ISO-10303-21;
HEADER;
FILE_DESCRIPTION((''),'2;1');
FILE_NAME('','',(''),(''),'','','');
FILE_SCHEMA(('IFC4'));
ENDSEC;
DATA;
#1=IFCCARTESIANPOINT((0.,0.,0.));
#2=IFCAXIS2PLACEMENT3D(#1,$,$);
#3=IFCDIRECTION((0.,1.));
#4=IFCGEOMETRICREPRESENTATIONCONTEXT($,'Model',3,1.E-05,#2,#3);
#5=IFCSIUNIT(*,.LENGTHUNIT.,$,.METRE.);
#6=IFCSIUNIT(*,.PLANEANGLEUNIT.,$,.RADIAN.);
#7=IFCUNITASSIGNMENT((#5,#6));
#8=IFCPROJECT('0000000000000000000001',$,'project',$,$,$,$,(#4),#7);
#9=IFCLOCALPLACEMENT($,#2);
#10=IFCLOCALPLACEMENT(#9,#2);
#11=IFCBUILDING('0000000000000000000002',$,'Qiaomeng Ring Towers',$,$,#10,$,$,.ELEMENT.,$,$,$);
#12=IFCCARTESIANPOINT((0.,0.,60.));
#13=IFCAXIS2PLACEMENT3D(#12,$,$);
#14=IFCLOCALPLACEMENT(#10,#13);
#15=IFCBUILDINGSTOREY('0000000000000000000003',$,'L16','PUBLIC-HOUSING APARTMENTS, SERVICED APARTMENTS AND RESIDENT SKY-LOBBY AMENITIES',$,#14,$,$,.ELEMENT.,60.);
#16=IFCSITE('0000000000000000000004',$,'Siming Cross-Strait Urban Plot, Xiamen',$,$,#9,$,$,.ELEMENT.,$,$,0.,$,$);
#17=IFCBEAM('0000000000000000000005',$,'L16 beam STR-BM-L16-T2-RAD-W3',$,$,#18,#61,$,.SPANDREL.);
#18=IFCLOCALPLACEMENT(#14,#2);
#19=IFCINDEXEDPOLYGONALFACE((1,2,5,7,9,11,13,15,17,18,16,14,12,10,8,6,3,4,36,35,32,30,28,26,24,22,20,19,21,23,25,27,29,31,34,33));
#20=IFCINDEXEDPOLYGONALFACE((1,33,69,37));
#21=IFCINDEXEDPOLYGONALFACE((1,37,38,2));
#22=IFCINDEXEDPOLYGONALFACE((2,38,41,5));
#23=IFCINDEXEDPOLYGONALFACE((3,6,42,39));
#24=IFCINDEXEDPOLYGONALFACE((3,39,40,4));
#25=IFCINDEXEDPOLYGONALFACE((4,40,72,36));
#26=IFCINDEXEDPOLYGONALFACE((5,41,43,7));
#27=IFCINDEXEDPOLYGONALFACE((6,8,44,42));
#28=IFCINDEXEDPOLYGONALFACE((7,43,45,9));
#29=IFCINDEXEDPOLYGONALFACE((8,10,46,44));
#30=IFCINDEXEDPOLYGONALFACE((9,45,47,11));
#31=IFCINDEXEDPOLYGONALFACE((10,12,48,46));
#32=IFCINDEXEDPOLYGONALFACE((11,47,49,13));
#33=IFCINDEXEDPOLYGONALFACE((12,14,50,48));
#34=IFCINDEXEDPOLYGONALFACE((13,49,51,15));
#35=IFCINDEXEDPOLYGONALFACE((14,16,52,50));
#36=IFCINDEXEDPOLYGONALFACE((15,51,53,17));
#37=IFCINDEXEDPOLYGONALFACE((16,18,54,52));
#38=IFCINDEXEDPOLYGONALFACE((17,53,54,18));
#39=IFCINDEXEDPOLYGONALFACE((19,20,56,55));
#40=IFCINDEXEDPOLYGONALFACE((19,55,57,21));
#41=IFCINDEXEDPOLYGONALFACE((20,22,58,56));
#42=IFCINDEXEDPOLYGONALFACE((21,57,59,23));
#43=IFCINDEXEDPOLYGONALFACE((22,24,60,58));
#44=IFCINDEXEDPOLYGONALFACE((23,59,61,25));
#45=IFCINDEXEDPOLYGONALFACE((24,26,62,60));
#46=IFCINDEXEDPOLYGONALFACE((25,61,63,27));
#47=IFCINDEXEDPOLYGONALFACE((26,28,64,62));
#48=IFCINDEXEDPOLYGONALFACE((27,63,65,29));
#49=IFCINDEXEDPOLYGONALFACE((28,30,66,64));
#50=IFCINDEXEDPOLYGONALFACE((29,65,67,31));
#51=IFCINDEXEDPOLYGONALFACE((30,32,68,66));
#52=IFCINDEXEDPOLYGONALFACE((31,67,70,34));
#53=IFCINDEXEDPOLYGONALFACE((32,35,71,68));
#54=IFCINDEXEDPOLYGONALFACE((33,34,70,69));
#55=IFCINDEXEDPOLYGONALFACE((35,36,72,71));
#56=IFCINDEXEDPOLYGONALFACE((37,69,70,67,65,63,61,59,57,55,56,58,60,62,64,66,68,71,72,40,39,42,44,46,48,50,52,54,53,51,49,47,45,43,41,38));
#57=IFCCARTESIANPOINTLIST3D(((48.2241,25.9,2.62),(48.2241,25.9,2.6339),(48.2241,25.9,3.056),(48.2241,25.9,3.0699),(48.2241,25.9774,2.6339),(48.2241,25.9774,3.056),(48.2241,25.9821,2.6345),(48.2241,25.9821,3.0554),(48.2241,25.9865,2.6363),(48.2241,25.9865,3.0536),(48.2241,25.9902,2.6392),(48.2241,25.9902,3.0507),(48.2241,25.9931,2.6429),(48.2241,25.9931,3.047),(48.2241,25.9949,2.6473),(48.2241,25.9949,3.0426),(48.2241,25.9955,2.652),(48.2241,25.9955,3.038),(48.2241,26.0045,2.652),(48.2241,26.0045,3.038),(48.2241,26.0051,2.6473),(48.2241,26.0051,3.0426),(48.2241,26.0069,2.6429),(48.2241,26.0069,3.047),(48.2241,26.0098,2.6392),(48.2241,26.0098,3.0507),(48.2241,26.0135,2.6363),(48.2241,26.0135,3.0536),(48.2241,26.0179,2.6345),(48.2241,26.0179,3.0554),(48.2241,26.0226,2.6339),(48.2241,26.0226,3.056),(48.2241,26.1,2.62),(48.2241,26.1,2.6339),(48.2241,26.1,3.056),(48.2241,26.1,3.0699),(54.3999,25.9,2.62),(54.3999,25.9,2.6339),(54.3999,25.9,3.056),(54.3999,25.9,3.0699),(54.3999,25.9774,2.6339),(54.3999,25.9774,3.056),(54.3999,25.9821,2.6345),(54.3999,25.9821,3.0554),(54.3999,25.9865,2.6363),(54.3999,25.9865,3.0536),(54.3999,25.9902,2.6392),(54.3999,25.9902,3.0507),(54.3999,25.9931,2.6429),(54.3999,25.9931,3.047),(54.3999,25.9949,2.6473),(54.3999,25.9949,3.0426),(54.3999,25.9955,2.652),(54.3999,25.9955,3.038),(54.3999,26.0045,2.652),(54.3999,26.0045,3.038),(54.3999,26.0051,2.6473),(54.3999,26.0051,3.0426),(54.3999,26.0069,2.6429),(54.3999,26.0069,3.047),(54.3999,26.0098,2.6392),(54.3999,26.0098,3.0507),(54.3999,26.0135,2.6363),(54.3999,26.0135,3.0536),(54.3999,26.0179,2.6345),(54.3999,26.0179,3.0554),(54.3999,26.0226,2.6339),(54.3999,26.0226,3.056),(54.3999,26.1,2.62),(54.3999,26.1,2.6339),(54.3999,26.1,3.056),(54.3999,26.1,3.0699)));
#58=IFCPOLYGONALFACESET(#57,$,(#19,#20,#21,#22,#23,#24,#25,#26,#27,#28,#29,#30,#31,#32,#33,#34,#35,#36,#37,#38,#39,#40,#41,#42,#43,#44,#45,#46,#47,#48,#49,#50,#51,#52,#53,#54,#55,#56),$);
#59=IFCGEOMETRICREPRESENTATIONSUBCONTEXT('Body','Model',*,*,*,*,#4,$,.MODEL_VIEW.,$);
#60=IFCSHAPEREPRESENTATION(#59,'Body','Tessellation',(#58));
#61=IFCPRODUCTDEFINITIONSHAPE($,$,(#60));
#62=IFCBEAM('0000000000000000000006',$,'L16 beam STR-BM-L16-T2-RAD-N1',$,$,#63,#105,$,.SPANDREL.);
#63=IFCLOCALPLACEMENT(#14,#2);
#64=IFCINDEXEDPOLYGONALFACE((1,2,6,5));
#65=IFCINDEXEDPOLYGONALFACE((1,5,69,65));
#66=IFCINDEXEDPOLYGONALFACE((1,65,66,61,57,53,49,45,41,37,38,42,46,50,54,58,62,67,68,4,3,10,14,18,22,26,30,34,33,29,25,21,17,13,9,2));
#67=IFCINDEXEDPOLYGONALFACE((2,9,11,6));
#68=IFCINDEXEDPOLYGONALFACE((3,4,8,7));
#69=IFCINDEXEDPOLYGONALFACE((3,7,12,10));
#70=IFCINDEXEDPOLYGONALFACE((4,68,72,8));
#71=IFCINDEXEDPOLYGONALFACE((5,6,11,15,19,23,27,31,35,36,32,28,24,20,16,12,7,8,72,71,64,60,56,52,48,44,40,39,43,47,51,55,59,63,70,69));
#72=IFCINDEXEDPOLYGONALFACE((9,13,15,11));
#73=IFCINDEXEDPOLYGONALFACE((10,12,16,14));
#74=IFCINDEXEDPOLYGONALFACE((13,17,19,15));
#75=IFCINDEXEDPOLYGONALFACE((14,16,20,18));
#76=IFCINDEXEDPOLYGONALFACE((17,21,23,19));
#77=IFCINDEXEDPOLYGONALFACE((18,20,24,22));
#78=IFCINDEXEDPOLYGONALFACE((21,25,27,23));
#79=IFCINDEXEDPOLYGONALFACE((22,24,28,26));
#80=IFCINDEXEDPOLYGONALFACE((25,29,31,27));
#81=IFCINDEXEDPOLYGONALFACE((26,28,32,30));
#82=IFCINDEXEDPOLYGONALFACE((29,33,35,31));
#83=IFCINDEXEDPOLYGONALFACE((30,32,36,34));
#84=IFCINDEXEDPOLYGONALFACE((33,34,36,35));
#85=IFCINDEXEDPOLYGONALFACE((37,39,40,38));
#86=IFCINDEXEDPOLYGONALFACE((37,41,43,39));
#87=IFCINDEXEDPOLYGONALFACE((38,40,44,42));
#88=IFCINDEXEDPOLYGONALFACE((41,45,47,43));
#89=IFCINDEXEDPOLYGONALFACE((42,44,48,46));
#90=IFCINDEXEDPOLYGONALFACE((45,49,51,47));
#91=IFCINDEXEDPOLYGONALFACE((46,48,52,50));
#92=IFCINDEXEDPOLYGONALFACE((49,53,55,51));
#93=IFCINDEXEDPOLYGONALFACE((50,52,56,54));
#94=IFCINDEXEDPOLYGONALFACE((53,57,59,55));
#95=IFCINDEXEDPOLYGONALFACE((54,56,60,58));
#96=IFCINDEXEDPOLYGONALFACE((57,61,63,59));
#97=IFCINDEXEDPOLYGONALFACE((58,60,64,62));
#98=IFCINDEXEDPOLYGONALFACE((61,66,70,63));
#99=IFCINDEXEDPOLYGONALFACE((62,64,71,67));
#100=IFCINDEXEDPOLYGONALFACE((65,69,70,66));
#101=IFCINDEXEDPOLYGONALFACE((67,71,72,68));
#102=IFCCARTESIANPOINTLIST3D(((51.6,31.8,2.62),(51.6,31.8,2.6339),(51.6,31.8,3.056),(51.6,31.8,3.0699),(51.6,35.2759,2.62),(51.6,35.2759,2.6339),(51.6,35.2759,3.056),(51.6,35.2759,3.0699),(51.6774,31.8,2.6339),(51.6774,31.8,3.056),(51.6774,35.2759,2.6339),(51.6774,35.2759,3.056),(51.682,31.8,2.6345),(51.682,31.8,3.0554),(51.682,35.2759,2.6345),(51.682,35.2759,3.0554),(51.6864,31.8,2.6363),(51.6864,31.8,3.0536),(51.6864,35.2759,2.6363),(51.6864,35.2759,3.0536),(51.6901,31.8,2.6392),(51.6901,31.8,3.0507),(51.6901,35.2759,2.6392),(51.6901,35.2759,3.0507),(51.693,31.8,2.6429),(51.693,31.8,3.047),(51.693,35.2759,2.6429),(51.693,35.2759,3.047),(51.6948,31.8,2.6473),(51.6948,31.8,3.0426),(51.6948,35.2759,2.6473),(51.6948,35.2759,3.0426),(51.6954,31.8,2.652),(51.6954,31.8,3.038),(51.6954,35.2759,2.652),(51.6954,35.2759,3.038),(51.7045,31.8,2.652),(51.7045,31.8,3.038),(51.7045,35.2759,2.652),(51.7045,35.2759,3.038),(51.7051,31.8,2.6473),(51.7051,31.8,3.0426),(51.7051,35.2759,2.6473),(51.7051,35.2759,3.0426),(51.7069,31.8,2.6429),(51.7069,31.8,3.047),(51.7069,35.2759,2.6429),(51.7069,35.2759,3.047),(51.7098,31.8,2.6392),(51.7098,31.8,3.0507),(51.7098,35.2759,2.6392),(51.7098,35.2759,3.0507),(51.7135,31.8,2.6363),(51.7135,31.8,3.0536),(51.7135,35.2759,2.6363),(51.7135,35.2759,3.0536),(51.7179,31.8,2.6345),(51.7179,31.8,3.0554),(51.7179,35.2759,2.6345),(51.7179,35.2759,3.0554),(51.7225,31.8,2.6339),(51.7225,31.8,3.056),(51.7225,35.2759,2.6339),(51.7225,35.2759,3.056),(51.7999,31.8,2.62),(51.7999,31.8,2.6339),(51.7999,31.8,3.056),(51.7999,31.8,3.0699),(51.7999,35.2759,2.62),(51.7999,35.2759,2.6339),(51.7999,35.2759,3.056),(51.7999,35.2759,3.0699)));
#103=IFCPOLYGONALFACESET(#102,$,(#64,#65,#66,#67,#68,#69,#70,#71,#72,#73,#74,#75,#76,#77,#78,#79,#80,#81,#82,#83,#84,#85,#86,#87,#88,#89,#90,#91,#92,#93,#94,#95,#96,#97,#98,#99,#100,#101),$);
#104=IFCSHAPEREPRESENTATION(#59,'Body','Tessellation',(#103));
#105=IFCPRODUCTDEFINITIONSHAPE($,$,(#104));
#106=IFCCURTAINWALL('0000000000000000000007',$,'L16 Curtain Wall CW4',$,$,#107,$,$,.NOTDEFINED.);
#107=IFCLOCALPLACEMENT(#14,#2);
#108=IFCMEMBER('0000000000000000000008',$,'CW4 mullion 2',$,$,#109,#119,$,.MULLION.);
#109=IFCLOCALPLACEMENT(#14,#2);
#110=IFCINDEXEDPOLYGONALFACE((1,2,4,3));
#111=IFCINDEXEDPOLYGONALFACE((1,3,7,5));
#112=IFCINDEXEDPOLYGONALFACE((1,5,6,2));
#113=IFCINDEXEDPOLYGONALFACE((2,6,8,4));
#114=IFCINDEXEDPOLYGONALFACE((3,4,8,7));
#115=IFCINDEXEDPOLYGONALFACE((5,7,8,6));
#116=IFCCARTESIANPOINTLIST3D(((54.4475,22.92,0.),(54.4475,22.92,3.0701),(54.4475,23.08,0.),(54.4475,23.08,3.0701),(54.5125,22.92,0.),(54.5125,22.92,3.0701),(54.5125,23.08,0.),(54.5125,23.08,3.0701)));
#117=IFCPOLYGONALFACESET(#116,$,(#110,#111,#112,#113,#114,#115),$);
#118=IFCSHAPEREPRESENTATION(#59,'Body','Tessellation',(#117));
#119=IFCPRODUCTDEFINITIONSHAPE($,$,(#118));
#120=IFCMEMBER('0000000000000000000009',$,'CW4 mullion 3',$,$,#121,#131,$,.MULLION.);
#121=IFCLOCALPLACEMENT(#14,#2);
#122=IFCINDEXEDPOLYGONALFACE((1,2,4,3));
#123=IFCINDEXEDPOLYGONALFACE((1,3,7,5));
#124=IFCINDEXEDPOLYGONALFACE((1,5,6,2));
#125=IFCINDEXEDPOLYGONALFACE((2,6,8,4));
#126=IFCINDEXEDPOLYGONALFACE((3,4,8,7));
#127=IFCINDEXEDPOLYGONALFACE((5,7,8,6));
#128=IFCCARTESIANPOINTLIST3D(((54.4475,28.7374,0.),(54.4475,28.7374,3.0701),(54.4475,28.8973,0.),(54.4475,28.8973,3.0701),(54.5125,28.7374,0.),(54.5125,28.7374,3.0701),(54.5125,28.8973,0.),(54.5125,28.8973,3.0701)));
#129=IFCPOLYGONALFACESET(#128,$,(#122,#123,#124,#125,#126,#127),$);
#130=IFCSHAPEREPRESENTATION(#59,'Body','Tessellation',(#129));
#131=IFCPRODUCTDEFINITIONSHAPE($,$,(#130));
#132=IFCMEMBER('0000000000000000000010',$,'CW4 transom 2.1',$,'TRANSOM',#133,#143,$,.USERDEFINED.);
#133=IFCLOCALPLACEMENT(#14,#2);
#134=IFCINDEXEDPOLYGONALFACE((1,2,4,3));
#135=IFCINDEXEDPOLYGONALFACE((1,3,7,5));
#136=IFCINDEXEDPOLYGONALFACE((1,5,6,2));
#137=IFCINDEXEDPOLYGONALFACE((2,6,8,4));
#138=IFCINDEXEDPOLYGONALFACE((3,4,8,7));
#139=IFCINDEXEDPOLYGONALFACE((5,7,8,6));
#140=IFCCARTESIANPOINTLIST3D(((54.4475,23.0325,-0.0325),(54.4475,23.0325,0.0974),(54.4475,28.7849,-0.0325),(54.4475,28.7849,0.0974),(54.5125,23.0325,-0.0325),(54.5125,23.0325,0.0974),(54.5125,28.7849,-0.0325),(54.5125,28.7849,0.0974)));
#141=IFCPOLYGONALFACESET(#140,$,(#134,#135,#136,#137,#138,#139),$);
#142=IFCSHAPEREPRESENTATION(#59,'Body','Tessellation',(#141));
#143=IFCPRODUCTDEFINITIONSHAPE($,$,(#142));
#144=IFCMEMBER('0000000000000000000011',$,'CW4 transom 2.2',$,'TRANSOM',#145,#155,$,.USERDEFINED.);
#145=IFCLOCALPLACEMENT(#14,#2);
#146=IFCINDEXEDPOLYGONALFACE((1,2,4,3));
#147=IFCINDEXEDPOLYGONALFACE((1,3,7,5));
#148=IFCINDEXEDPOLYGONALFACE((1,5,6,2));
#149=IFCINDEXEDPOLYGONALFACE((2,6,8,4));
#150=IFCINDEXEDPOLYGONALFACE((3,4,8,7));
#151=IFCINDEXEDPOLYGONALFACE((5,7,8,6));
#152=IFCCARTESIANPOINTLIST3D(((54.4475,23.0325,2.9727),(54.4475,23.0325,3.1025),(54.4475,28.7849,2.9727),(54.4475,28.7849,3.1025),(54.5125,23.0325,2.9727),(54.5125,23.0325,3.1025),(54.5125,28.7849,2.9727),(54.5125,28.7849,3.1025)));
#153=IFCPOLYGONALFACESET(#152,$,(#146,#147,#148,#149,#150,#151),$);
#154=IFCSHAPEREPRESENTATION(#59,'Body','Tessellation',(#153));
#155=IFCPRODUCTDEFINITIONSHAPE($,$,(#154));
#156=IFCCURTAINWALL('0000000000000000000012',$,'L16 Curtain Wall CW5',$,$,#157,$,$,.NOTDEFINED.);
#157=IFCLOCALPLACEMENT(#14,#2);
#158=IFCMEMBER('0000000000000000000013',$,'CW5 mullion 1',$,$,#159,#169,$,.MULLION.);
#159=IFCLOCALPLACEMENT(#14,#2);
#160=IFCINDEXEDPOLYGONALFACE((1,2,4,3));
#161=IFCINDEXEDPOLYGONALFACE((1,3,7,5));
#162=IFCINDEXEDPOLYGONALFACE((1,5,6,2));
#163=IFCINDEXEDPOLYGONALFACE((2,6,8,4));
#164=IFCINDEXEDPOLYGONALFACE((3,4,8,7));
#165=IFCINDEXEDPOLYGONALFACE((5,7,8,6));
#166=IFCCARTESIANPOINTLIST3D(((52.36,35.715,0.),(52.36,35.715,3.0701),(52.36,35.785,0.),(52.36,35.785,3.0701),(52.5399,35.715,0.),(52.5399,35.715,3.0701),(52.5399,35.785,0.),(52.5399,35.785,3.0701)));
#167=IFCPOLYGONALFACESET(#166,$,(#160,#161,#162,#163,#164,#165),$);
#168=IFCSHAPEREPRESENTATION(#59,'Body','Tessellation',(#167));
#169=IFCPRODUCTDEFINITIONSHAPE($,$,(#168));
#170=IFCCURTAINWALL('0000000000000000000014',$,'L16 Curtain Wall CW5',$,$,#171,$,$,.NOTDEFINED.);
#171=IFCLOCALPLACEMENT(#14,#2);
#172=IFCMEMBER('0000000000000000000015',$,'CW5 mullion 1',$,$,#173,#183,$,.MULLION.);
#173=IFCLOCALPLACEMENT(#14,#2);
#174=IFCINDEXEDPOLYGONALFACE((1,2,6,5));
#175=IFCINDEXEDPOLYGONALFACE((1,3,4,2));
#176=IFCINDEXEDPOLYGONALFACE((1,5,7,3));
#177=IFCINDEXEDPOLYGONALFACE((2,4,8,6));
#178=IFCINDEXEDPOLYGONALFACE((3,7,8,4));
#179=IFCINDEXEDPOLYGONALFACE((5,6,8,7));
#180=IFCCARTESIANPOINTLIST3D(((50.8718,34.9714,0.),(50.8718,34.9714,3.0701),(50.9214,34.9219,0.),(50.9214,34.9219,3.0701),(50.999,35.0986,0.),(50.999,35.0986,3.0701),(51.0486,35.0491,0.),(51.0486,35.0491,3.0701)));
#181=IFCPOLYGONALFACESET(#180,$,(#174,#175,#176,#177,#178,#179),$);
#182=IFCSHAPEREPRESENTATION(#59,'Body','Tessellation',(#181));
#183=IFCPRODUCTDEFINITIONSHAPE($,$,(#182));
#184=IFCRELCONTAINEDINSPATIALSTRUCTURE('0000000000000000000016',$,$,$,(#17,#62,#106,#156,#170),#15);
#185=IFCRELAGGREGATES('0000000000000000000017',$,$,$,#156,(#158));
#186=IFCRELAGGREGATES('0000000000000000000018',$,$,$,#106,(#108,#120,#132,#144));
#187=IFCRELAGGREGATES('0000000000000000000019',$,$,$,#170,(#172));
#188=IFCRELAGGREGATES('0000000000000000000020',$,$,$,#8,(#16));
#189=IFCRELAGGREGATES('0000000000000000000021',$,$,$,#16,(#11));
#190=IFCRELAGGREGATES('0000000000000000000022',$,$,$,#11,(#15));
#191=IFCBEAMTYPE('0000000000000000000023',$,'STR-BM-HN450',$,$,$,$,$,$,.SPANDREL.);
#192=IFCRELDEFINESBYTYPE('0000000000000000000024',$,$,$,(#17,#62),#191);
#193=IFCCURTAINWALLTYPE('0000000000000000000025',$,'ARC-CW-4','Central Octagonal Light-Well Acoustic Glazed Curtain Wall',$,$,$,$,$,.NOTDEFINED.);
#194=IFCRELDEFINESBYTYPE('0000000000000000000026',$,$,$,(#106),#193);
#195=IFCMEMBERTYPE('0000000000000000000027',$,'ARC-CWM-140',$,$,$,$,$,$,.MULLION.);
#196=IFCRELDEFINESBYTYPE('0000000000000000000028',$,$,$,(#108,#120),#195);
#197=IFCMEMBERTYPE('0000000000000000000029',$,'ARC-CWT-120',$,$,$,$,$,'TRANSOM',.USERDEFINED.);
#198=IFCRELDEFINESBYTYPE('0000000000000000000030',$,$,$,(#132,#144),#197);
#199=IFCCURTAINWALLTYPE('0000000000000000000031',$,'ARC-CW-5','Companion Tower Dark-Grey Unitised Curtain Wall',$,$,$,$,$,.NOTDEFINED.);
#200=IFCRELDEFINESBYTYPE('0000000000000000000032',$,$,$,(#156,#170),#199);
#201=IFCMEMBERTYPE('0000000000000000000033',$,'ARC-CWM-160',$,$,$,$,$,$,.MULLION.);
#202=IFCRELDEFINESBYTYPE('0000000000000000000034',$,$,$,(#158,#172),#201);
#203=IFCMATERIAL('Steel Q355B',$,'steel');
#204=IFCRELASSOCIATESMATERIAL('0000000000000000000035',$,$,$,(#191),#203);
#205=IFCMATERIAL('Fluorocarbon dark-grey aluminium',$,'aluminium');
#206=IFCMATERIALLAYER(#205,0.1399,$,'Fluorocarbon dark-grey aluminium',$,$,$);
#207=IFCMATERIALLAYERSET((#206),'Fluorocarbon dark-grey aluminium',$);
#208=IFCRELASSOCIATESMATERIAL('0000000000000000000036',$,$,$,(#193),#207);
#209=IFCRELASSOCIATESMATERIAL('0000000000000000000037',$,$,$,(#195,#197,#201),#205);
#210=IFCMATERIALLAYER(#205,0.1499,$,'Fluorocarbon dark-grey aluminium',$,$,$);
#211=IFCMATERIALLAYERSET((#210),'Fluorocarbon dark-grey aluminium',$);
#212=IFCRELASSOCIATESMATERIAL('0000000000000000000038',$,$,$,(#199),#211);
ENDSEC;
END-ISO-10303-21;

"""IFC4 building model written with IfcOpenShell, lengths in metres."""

from ifc_helpers import new_model, si_unit, direction, frame, origin, origin_2d, place, context, subcontext, project, spatial, rectangle, i_section, extrude, source, transform, mapped, material, layer, layer_set, material_profile, profile_set, type_object, element, aggregate, save


model = new_model("IFC4")

# Units and contexts
model_context = context("Model", 3, precision=1e-05, world=origin(), true_north=direction((0.0, 1.0)))
body_context = subcontext(model_context, "Body", "Model", "MODEL_VIEW")
ifc_project = project(units=[si_unit("LENGTHUNIT", "METRE"), si_unit("PLANEANGLEUNIT", "RADIAN")], contexts=[model_context])

# Site, building, storey
site_placement = place(None, origin())
site = spatial("IfcSite", under=ifc_project, at=site_placement, Name="Siming Cross-Strait Urban Plot, Xiamen", CompositionType="ELEMENT", RefElevation=0.0)
building_placement = place(site_placement, origin())
building = spatial("IfcBuilding", under=site, at=building_placement, Name="Qiaomeng Ring Towers", CompositionType="ELEMENT")
storey_placement = place(building_placement, frame((0.0, 0.0, 60.0)))
storey = spatial("IfcBuildingStorey", under=building, at=storey_placement, Name="L16", Description="PUBLIC-HOUSING APARTMENTS, SERVICED APARTMENTS AND RESIDENT SKY-LOBBY AMENITIES", CompositionType="ELEMENT", Elevation=60.0)

# Beams
ifc_material_1 = material(Name="Steel Q355B", Category="steel")
ifc_material_profile_1 = material_profile(ifc_material_1, i_section(OverallWidth=0.2, OverallDepth=0.45, WebThickness=0.009, FlangeThickness=0.0139, FilletRadius=0.0181, at=origin_2d()), Name="HN 450x200x9x14")
ifc_profile_set_1 = profile_set([ifc_material_profile_1], Name="Steel Q355B")
beam_type_1 = type_object("IfcBeamType", Name="STR-BM-HN450", PredefinedType="SPANDREL", material=ifc_profile_set_1)
shared_shape_1 = source(origin(), body_context, "Body", "SweptSolid", [
    extrude(i_section(OverallWidth=0.2, OverallDepth=0.45, WebThickness=0.009, FlangeThickness=0.0139, FilletRadius=0.0181, at=origin_2d()), origin(), (0.0, 0.0, 1.0), 6.1758),
])
beam_1_placement = place(storey_placement, frame((48.2241, 26.0, 2.845), z_axis=(1.0, 0.0, 0.0), x_axis=(0.0, 1.0, 0.0)))
element("IfcBeam", 1, at=beam_1_placement, inside=storey, type_object=beam_type_1, Name="L16 beam STR-BM-L16-T2-RAD-W3", PredefinedType="SPANDREL", context=body_context, shape_type="MappedRepresentation", body=[
    mapped(shared_shape_1, transform((0.0, 0.0, 0.0), x_axis=(1.0, 0.0, 0.0), y_axis=(0.0, 1.0, 0.0), z_axis=(0.0, 0.0, 1.0), scale=1.0)),
])
shared_shape_2 = source(origin(), body_context, "Body", "SweptSolid", [
    extrude(i_section(OverallWidth=0.2, OverallDepth=0.45, WebThickness=0.009, FlangeThickness=0.0139, FilletRadius=0.0181, at=origin_2d()), origin(), (0.0, 0.0, 1.0), 3.4758),
])
beam_2_placement = place(storey_placement, frame((51.7, 35.2759, 2.845), z_axis=(0.0, -1.0, 0.0), x_axis=(1.0, 0.0, 0.0)))
element("IfcBeam", 2, at=beam_2_placement, inside=storey, type_object=beam_type_1, Name="L16 beam STR-BM-L16-T2-RAD-N1", PredefinedType="SPANDREL", context=body_context, shape_type="MappedRepresentation", body=[
    mapped(shared_shape_2, transform((0.0, 0.0, 0.0), x_axis=(1.0, 0.0, 0.0), y_axis=(0.0, 1.0, 0.0), z_axis=(0.0, 0.0, 1.0), scale=1.0)),
])

# Curtain wall, members
ifc_material_2 = material(Name="Fluorocarbon dark-grey aluminium", Category="aluminium")
ifc_layer_1 = layer(ifc_material_2, 0.1399, Name="Fluorocarbon dark-grey aluminium")
ifc_layer_set_1 = layer_set([ifc_layer_1], Name="Fluorocarbon dark-grey aluminium")
curtain_wall_type_1 = type_object("IfcCurtainWallType", Name="ARC-CW-4", Description="Central Octagonal Light-Well Acoustic Glazed Curtain Wall", PredefinedType="NOTDEFINED", material=ifc_layer_set_1)
curtain_wall_1_placement = place(storey_placement, origin())
curtain_wall_1 = element("IfcCurtainWall", 3, at=curtain_wall_1_placement, inside=storey, type_object=curtain_wall_type_1, Name="L16 Curtain Wall CW4", PredefinedType="NOTDEFINED")
ifc_material_profile_2 = material_profile(ifc_material_2, rectangle(XDim=0.0649, YDim=0.1599, at=origin_2d()), Name="ALU MULL 65x160")
ifc_profile_set_2 = profile_set([ifc_material_profile_2], Name="Fluorocarbon dark-grey aluminium")
member_type_1 = type_object("IfcMemberType", Name="ARC-CWM-140", PredefinedType="MULLION", material=ifc_profile_set_2)
shared_shape_3 = source(origin(), body_context, "Body", "SweptSolid", [
    extrude(rectangle(XDim=0.0649, YDim=0.1599, at=origin_2d()), origin(), (0.0, 0.0, 1.0), 3.0701),
])
member_1_placement = place(storey_placement, frame((54.48, 23.0, 0.0), z_axis=(0.0, 0.0, 1.0), x_axis=(-1.0, 0.0, 0.0)))
member_1 = element("IfcMember", 4, at=member_1_placement, type_object=member_type_1, Name="CW4 mullion 2", PredefinedType="MULLION", context=body_context, shape_type="MappedRepresentation", body=[
    mapped(shared_shape_3, transform((0.0, 0.0, 0.0), x_axis=(1.0, 0.0, 0.0), y_axis=(0.0, 1.0, 0.0), z_axis=(0.0, 0.0, 1.0), scale=1.0)),
])
member_2_placement = place(storey_placement, frame((54.48, 28.8174, 0.0), z_axis=(0.0, 0.0, 1.0), x_axis=(-1.0, 0.0, 0.0)))
member_2 = element("IfcMember", 5, at=member_2_placement, type_object=member_type_1, Name="CW4 mullion 3", PredefinedType="MULLION", context=body_context, shape_type="MappedRepresentation", body=[
    mapped(shared_shape_3, transform((0.0, 0.0, 0.0), x_axis=(1.0, 0.0, 0.0), y_axis=(0.0, 1.0, 0.0), z_axis=(0.0, 0.0, 1.0), scale=1.0)),
])
ifc_material_profile_3 = material_profile(ifc_material_2, rectangle(XDim=0.0649, YDim=0.1299, at=origin_2d()), Name="ALU TRAN 65x130")
ifc_profile_set_3 = profile_set([ifc_material_profile_3], Name="Fluorocarbon dark-grey aluminium")
member_type_2 = type_object("IfcMemberType", Name="ARC-CWT-120", ElementType="TRANSOM", PredefinedType="USERDEFINED", material=ifc_profile_set_3)
shared_shape_4 = source(origin(), body_context, "Body", "SweptSolid", [
    extrude(rectangle(XDim=0.0649, YDim=0.1299, at=origin_2d()), origin(), (0.0, 0.0, 1.0), 5.7524),
])
member_3_placement = place(storey_placement, frame((54.48, 23.0325, 0.0325), z_axis=(0.0, 1.0, 0.0), x_axis=(-1.0, 0.0, 0.0)))
member_3 = element("IfcMember", 6, at=member_3_placement, type_object=member_type_2, Name="CW4 transom 2.1", ObjectType="TRANSOM", PredefinedType="USERDEFINED", context=body_context, shape_type="MappedRepresentation", body=[
    mapped(shared_shape_4, transform((0.0, 0.0, 0.0), x_axis=(1.0, 0.0, 0.0), y_axis=(0.0, 1.0, 0.0), z_axis=(0.0, 0.0, 1.0), scale=1.0)),
])
member_4_placement = place(storey_placement, frame((54.48, 23.0325, 3.0376), z_axis=(0.0, 1.0, 0.0), x_axis=(-1.0, 0.0, 0.0)))
member_4 = element("IfcMember", 7, at=member_4_placement, type_object=member_type_2, Name="CW4 transom 2.2", ObjectType="TRANSOM", PredefinedType="USERDEFINED", context=body_context, shape_type="MappedRepresentation", body=[
    mapped(shared_shape_4, transform((0.0, 0.0, 0.0), x_axis=(1.0, 0.0, 0.0), y_axis=(0.0, 1.0, 0.0), z_axis=(0.0, 0.0, 1.0), scale=1.0)),
])

# Curtain wall, member
ifc_layer_2 = layer(ifc_material_2, 0.1499, Name="Fluorocarbon dark-grey aluminium")
ifc_layer_set_2 = layer_set([ifc_layer_2], Name="Fluorocarbon dark-grey aluminium")
curtain_wall_type_2 = type_object("IfcCurtainWallType", Name="ARC-CW-5", Description="Companion Tower Dark-Grey Unitised Curtain Wall", PredefinedType="NOTDEFINED", material=ifc_layer_set_2)
curtain_wall_2_placement = place(storey_placement, origin())
curtain_wall_2 = element("IfcCurtainWall", 8, at=curtain_wall_2_placement, inside=storey, type_object=curtain_wall_type_2, Name="L16 Curtain Wall CW5", PredefinedType="NOTDEFINED")
ifc_material_profile_4 = material_profile(ifc_material_2, rectangle(XDim=0.0701, YDim=0.1799, at=origin_2d()), Name="ALU MULL 70x180")
ifc_profile_set_4 = profile_set([ifc_material_profile_4], Name="Fluorocarbon dark-grey aluminium")
member_type_3 = type_object("IfcMemberType", Name="ARC-CWM-160", PredefinedType="MULLION", material=ifc_profile_set_4)
shared_shape_5 = source(origin(), body_context, "Body", "SweptSolid", [
    extrude(rectangle(XDim=0.0701, YDim=0.1799, at=origin_2d()), origin(), (0.0, 0.0, 1.0), 3.0701),
])
member_5_placement = place(storey_placement, frame((52.45, 35.75, 0.0), z_axis=(0.0, 0.0, 1.0), x_axis=(0.0, 1.0, 0.0)))
member_5 = element("IfcMember", 9, at=member_5_placement, type_object=member_type_3, Name="CW5 mullion 1", PredefinedType="MULLION", context=body_context, shape_type="MappedRepresentation", body=[
    mapped(shared_shape_5, transform((0.0, 0.0, 0.0), x_axis=(1.0, 0.0, 0.0), y_axis=(0.0, 1.0, 0.0), z_axis=(0.0, 0.0, 1.0), scale=1.0)),
])

# Curtain wall, member
curtain_wall_3_placement = place(storey_placement, origin())
curtain_wall_3 = element("IfcCurtainWall", 10, at=curtain_wall_3_placement, inside=storey, type_object=curtain_wall_type_2, Name="L16 Curtain Wall CW5", PredefinedType="NOTDEFINED")
member_6_placement = place(storey_placement, frame((50.9602, 35.0103, 0.0), z_axis=(0.0, 0.0, 1.0), x_axis=(0.707107, -0.707107, 0.0)))
member_6 = element("IfcMember", 11, at=member_6_placement, type_object=member_type_3, Name="CW5 mullion 1", PredefinedType="MULLION", context=body_context, shape_type="MappedRepresentation", body=[
    mapped(shared_shape_5, transform((0.0, 0.0, 0.0), x_axis=(1.0, 0.0, 0.0), y_axis=(0.0, 1.0, 0.0), z_axis=(0.0, 0.0, 1.0), scale=1.0)),
])

aggregate(curtain_wall_2, [member_5])

aggregate(curtain_wall_1, [member_1, member_2, member_3, member_4])
aggregate(curtain_wall_3, [member_6])

save(model, "model.ifc")
